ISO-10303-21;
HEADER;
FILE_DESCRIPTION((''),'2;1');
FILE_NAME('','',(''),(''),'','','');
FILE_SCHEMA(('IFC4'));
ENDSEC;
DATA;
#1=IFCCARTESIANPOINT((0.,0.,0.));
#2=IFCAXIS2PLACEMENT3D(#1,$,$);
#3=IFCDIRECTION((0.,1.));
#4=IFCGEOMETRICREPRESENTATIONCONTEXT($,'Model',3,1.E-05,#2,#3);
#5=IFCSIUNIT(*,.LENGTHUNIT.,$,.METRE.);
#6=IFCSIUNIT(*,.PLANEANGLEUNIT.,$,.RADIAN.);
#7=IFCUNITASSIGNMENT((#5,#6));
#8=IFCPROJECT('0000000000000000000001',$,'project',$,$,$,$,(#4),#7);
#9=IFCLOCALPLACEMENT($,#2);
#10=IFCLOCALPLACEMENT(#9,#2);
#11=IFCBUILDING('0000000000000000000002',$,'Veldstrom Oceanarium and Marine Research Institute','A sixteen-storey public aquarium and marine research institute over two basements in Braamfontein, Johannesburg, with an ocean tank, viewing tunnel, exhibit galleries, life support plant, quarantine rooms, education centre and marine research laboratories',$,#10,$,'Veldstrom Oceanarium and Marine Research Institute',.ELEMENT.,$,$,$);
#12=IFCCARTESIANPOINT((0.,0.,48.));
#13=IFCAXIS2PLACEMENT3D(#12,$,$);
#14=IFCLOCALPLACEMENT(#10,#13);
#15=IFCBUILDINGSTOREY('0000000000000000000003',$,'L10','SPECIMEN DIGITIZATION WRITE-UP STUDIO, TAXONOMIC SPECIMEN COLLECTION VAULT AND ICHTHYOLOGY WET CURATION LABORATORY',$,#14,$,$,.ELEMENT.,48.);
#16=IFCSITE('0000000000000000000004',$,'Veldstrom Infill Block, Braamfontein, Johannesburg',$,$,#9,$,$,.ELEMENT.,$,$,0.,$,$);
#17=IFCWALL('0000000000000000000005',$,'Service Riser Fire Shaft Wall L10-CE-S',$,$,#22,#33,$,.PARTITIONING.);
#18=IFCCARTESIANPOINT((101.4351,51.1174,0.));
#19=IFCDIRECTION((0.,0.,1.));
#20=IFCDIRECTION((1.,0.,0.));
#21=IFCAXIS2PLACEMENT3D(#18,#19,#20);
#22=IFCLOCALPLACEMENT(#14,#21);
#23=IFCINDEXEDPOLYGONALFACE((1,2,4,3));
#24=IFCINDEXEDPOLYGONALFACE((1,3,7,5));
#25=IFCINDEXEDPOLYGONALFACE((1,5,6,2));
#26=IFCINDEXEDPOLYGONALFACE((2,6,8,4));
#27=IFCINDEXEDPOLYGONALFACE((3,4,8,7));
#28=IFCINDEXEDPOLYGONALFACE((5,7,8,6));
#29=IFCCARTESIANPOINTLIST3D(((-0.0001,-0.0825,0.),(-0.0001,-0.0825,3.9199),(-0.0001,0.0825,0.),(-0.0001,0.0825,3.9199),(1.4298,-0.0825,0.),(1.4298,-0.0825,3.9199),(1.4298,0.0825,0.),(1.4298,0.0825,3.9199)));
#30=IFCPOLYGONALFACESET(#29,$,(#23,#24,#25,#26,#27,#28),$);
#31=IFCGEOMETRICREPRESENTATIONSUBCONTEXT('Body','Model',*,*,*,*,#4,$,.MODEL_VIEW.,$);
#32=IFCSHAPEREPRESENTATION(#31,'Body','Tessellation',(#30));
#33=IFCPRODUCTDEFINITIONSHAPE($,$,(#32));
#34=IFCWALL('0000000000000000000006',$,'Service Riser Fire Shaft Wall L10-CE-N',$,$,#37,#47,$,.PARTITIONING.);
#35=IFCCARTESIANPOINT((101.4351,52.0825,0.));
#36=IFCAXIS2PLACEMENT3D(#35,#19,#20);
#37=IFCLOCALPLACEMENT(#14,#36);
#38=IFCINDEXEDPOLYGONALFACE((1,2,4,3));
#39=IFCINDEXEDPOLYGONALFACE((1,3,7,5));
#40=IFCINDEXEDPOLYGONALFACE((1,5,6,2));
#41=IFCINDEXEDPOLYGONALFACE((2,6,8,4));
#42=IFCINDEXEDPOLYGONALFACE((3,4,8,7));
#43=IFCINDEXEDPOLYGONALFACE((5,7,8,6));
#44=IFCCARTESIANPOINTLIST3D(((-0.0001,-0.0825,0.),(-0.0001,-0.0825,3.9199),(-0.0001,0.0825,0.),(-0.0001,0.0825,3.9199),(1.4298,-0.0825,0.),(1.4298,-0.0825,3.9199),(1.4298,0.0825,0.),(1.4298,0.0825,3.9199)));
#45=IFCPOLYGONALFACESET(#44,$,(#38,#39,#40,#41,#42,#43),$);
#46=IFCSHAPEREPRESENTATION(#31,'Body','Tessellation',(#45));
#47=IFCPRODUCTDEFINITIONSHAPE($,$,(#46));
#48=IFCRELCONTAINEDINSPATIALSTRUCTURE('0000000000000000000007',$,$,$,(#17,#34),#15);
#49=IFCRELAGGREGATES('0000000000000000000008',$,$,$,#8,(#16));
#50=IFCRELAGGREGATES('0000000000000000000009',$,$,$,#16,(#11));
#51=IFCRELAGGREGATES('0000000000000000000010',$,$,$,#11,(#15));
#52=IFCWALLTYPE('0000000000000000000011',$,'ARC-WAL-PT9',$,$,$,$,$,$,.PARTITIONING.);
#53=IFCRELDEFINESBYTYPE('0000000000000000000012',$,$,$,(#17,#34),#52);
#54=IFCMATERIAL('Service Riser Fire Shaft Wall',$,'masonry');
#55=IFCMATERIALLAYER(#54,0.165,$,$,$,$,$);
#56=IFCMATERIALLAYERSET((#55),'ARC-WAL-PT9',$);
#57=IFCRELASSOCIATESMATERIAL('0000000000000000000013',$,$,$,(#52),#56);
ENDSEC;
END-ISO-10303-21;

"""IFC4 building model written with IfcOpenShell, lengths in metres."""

from ifc_helpers import new_model, si_unit, direction, frame, frame_2d, origin, place, context, subcontext, project, spatial, rectangle, extrude, material, layer, layer_set, type_object, element, save


model = new_model("IFC4")

# Units and contexts
model_context = context("Model", 3, precision=1e-05, world=origin(), true_north=direction((0.0, 1.0)))
body_context = subcontext(model_context, "Body", "Model", "MODEL_VIEW")
ifc_project = project(units=[si_unit("LENGTHUNIT", "METRE"), si_unit("PLANEANGLEUNIT", "RADIAN")], contexts=[model_context])

# Site, building, storey
site_placement = place(None, origin())
site = spatial("IfcSite", under=ifc_project, at=site_placement, Name="Veldstrom Infill Block, Braamfontein, Johannesburg", CompositionType="ELEMENT", RefElevation=0.0)
building_placement = place(site_placement, origin())
building = spatial("IfcBuilding", under=site, at=building_placement, Name="Veldstrom Oceanarium and Marine Research Institute", Description="A sixteen-storey public aquarium and marine research institute over two basements in Braamfontein, Johannesburg, with an ocean tank, viewing tunnel, exhibit galleries, life support plant, quarantine rooms, education centre and marine research laboratories", LongName="Veldstrom Oceanarium and Marine Research Institute", CompositionType="ELEMENT")
storey_placement = place(building_placement, frame((0.0, 0.0, 48.0)))
storey = spatial("IfcBuildingStorey", under=building, at=storey_placement, Name="L10", Description="SPECIMEN DIGITIZATION WRITE-UP STUDIO, TAXONOMIC SPECIMEN COLLECTION VAULT AND ICHTHYOLOGY WET CURATION LABORATORY", CompositionType="ELEMENT", Elevation=48.0)

# Walls
ifc_material_1 = material(Name="Service Riser Fire Shaft Wall", Category="masonry")
ifc_layer_1 = layer(ifc_material_1, 0.165)
ifc_layer_set_1 = layer_set([ifc_layer_1], Name="ARC-WAL-PT9")
wall_type_1 = type_object("IfcWallType", Name="ARC-WAL-PT9", PredefinedType="PARTITIONING", material=ifc_layer_set_1)
for number, where, z_axis, x_axis, name in (
    (1, (101.4351, 51.1174, 0.0), (0.0, 0.0, 1.0), (1.0, 0.0, 0.0), "Service Riser Fire Shaft Wall L10-CE-S"),
    (2, (101.4351, 52.0825, 0.0), (0.0, 0.0, 1.0), (1.0, 0.0, 0.0), "Service Riser Fire Shaft Wall L10-CE-N"),
):
    element("IfcWall", number, at=place(storey_placement, frame(where, z_axis=z_axis, x_axis=x_axis)), inside=storey, type_object=wall_type_1, Name=name, PredefinedType="PARTITIONING", context=body_context, shape_type="SweptSolid", body=[
        extrude(rectangle(XDim=1.4299, YDim=0.165, at=frame_2d((0.7148, 0.0))), origin(), (0.0, 0.0, 1.0), 3.9199),
    ])

save(model, "model.ifc")
